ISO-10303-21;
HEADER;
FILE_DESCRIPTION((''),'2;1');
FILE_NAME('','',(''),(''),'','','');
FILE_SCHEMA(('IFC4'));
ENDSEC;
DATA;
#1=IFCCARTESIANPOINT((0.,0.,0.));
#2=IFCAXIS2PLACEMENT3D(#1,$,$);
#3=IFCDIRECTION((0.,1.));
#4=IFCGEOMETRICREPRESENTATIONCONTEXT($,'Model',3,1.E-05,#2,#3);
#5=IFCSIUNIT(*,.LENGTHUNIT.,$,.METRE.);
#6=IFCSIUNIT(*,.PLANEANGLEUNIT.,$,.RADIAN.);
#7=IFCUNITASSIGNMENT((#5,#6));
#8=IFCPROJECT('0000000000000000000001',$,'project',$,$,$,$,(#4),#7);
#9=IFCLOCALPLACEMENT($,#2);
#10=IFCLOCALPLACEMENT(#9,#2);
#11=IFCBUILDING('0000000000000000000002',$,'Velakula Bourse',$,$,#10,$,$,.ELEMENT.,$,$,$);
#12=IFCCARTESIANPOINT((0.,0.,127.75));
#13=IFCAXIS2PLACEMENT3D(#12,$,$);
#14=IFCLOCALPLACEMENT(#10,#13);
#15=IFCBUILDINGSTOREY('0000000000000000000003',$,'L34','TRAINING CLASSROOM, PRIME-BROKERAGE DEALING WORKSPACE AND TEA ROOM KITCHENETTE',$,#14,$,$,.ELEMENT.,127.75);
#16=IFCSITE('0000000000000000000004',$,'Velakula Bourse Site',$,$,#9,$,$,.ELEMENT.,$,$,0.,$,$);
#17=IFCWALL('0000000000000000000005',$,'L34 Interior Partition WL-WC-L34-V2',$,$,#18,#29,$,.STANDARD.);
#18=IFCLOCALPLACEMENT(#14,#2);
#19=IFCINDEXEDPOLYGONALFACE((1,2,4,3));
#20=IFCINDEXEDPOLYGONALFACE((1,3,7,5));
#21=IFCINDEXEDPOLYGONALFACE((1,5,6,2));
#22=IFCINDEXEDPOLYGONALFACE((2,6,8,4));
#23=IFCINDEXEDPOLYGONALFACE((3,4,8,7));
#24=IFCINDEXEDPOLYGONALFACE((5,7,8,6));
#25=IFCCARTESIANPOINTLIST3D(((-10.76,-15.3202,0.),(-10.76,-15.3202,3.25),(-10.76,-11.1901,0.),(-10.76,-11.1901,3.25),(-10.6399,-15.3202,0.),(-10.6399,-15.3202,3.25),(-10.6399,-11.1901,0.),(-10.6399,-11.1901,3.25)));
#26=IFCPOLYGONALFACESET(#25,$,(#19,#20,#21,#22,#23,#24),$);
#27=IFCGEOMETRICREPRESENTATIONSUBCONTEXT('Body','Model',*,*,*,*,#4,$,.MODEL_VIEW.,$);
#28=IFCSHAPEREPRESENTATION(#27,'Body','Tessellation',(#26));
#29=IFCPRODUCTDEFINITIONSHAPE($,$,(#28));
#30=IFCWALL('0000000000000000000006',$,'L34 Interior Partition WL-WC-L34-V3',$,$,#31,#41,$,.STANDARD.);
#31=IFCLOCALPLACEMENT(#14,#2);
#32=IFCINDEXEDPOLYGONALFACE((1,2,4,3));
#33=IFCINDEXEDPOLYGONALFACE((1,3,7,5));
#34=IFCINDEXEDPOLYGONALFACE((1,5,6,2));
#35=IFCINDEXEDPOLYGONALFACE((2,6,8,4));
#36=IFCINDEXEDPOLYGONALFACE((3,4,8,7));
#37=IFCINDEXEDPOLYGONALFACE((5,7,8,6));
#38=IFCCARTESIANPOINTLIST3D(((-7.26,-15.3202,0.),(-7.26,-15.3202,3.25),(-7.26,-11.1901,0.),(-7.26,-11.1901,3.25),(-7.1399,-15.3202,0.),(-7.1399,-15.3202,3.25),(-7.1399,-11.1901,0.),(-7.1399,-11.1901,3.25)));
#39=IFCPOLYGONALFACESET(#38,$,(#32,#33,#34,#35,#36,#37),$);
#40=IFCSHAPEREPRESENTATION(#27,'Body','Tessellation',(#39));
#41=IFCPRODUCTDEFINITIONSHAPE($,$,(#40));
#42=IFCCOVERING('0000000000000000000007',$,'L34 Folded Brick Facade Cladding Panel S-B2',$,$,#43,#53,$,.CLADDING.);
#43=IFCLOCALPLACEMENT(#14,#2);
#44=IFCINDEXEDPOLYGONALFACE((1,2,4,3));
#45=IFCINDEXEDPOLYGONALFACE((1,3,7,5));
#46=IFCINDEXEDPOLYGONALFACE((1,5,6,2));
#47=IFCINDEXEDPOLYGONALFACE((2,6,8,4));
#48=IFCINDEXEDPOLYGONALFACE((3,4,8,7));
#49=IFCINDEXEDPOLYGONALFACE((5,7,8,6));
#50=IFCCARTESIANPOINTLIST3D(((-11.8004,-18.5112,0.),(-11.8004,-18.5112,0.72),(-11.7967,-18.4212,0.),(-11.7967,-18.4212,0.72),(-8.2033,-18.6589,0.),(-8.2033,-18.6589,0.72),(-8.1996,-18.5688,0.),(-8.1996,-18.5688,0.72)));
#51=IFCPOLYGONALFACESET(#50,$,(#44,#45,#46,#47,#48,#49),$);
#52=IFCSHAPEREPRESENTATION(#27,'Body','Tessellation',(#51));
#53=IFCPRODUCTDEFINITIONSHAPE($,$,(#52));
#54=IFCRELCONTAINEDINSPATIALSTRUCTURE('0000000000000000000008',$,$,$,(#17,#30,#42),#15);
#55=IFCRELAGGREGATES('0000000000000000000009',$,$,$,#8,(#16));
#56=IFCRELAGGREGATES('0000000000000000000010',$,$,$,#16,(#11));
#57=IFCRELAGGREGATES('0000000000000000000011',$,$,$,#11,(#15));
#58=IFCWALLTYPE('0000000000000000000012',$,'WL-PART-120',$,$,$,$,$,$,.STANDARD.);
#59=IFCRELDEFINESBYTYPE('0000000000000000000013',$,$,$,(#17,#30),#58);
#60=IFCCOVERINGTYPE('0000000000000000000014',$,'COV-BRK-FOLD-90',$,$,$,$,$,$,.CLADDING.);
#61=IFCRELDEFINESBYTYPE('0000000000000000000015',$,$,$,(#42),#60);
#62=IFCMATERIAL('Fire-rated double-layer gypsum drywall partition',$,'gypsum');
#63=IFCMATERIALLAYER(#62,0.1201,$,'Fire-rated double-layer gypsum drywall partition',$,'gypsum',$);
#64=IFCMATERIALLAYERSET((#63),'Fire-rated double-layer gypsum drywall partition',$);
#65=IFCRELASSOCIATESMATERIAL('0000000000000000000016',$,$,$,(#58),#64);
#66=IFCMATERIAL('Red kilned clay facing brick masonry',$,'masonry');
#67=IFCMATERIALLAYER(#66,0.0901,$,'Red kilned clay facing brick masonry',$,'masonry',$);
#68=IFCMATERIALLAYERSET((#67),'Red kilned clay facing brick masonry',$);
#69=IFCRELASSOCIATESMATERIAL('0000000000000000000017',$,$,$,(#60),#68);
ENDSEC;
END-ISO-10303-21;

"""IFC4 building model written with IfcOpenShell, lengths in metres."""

from ifc_helpers import new_model, si_unit, direction, frame, frame_2d, origin, origin_2d, place, context, subcontext, project, spatial, rectangle, extrude, material, layer, layer_set, type_object, element, save


model = new_model("IFC4")

# Units and contexts
model_context = context("Model", 3, precision=1e-05, world=origin(), true_north=direction((0.0, 1.0)))
body_context = subcontext(model_context, "Body", "Model", "MODEL_VIEW")
ifc_project = project(units=[si_unit("LENGTHUNIT", "METRE"), si_unit("PLANEANGLEUNIT", "RADIAN")], contexts=[model_context])

# Site, building, storey
site_placement = place(None, origin())
site = spatial("IfcSite", under=ifc_project, at=site_placement, Name="Velakula Bourse Site", CompositionType="ELEMENT", RefElevation=0.0)
building_placement = place(site_placement, origin())
building = spatial("IfcBuilding", under=site, at=building_placement, Name="Velakula Bourse", CompositionType="ELEMENT")
storey_placement = place(building_placement, frame((0.0, 0.0, 127.75)))
storey = spatial("IfcBuildingStorey", under=building, at=storey_placement, Name="L34", Description="TRAINING CLASSROOM, PRIME-BROKERAGE DEALING WORKSPACE AND TEA ROOM KITCHENETTE", CompositionType="ELEMENT", Elevation=127.75)

# Shared definitions
ifc_material_1 = material(Name="Red kilned clay facing brick masonry", Category="masonry")

# Walls
ifc_material_2 = material(Name="Fire-rated double-layer gypsum drywall partition", Category="gypsum")
ifc_layer_1 = layer(ifc_material_2, 0.1201, Name="Fire-rated double-layer gypsum drywall partition", Category="gypsum")
ifc_layer_set_1 = layer_set([ifc_layer_1], Name="Fire-rated double-layer gypsum drywall partition")
wall_type_1 = type_object("IfcWallType", Name="WL-PART-120", PredefinedType="STANDARD", material=ifc_layer_set_1)
for number, where, z_axis, x_axis, name in (
    (1, (-10.7, -15.3201, 0.0), (0.0, 0.0, 1.0), (0.0, 1.0, 0.0), "L34 Interior Partition WL-WC-L34-V2"),
    (2, (-7.2, -15.3201, 0.0), (0.0, 0.0, 1.0), (0.0, 1.0, 0.0), "L34 Interior Partition WL-WC-L34-V3"),
):
    element("IfcWall", number, at=place(storey_placement, frame(where, z_axis=z_axis, x_axis=x_axis)), inside=storey, type_object=wall_type_1, Name=name, PredefinedType="STANDARD", context=body_context, shape_type="SweptSolid", body=[
        extrude(rectangle(XDim=4.1301, YDim=0.1201, at=frame_2d((2.0649, 0.0))), origin(), (0.0, 0.0, 1.0), 3.25),
    ])

# Covering
ifc_layer_2 = layer(ifc_material_1, 0.0901, Name="Red kilned clay facing brick masonry", Category="masonry")
ifc_layer_set_2 = layer_set([ifc_layer_2], Name="Red kilned clay facing brick masonry")
covering_type = type_object("IfcCoveringType", Name="COV-BRK-FOLD-90", PredefinedType="CLADDING", material=ifc_layer_set_2)
covering_placement = place(storey_placement, frame((-10.0, -18.54, 0.0), z_axis=(0.0, 0.0, 1.0), x_axis=(0.999159, -0.041004, 0.0)))
element("IfcCovering", 3, at=covering_placement, inside=storey, type_object=covering_type, Name="L34 Folded Brick Facade Cladding Panel S-B2", PredefinedType="CLADDING", context=body_context, shape_type="SweptSolid", body=[
    extrude(rectangle(XDim=3.6001, YDim=0.0901, at=origin_2d()), origin(), (0.0, 0.0, 1.0), 0.72),
])

save(model, "model.ifc")
